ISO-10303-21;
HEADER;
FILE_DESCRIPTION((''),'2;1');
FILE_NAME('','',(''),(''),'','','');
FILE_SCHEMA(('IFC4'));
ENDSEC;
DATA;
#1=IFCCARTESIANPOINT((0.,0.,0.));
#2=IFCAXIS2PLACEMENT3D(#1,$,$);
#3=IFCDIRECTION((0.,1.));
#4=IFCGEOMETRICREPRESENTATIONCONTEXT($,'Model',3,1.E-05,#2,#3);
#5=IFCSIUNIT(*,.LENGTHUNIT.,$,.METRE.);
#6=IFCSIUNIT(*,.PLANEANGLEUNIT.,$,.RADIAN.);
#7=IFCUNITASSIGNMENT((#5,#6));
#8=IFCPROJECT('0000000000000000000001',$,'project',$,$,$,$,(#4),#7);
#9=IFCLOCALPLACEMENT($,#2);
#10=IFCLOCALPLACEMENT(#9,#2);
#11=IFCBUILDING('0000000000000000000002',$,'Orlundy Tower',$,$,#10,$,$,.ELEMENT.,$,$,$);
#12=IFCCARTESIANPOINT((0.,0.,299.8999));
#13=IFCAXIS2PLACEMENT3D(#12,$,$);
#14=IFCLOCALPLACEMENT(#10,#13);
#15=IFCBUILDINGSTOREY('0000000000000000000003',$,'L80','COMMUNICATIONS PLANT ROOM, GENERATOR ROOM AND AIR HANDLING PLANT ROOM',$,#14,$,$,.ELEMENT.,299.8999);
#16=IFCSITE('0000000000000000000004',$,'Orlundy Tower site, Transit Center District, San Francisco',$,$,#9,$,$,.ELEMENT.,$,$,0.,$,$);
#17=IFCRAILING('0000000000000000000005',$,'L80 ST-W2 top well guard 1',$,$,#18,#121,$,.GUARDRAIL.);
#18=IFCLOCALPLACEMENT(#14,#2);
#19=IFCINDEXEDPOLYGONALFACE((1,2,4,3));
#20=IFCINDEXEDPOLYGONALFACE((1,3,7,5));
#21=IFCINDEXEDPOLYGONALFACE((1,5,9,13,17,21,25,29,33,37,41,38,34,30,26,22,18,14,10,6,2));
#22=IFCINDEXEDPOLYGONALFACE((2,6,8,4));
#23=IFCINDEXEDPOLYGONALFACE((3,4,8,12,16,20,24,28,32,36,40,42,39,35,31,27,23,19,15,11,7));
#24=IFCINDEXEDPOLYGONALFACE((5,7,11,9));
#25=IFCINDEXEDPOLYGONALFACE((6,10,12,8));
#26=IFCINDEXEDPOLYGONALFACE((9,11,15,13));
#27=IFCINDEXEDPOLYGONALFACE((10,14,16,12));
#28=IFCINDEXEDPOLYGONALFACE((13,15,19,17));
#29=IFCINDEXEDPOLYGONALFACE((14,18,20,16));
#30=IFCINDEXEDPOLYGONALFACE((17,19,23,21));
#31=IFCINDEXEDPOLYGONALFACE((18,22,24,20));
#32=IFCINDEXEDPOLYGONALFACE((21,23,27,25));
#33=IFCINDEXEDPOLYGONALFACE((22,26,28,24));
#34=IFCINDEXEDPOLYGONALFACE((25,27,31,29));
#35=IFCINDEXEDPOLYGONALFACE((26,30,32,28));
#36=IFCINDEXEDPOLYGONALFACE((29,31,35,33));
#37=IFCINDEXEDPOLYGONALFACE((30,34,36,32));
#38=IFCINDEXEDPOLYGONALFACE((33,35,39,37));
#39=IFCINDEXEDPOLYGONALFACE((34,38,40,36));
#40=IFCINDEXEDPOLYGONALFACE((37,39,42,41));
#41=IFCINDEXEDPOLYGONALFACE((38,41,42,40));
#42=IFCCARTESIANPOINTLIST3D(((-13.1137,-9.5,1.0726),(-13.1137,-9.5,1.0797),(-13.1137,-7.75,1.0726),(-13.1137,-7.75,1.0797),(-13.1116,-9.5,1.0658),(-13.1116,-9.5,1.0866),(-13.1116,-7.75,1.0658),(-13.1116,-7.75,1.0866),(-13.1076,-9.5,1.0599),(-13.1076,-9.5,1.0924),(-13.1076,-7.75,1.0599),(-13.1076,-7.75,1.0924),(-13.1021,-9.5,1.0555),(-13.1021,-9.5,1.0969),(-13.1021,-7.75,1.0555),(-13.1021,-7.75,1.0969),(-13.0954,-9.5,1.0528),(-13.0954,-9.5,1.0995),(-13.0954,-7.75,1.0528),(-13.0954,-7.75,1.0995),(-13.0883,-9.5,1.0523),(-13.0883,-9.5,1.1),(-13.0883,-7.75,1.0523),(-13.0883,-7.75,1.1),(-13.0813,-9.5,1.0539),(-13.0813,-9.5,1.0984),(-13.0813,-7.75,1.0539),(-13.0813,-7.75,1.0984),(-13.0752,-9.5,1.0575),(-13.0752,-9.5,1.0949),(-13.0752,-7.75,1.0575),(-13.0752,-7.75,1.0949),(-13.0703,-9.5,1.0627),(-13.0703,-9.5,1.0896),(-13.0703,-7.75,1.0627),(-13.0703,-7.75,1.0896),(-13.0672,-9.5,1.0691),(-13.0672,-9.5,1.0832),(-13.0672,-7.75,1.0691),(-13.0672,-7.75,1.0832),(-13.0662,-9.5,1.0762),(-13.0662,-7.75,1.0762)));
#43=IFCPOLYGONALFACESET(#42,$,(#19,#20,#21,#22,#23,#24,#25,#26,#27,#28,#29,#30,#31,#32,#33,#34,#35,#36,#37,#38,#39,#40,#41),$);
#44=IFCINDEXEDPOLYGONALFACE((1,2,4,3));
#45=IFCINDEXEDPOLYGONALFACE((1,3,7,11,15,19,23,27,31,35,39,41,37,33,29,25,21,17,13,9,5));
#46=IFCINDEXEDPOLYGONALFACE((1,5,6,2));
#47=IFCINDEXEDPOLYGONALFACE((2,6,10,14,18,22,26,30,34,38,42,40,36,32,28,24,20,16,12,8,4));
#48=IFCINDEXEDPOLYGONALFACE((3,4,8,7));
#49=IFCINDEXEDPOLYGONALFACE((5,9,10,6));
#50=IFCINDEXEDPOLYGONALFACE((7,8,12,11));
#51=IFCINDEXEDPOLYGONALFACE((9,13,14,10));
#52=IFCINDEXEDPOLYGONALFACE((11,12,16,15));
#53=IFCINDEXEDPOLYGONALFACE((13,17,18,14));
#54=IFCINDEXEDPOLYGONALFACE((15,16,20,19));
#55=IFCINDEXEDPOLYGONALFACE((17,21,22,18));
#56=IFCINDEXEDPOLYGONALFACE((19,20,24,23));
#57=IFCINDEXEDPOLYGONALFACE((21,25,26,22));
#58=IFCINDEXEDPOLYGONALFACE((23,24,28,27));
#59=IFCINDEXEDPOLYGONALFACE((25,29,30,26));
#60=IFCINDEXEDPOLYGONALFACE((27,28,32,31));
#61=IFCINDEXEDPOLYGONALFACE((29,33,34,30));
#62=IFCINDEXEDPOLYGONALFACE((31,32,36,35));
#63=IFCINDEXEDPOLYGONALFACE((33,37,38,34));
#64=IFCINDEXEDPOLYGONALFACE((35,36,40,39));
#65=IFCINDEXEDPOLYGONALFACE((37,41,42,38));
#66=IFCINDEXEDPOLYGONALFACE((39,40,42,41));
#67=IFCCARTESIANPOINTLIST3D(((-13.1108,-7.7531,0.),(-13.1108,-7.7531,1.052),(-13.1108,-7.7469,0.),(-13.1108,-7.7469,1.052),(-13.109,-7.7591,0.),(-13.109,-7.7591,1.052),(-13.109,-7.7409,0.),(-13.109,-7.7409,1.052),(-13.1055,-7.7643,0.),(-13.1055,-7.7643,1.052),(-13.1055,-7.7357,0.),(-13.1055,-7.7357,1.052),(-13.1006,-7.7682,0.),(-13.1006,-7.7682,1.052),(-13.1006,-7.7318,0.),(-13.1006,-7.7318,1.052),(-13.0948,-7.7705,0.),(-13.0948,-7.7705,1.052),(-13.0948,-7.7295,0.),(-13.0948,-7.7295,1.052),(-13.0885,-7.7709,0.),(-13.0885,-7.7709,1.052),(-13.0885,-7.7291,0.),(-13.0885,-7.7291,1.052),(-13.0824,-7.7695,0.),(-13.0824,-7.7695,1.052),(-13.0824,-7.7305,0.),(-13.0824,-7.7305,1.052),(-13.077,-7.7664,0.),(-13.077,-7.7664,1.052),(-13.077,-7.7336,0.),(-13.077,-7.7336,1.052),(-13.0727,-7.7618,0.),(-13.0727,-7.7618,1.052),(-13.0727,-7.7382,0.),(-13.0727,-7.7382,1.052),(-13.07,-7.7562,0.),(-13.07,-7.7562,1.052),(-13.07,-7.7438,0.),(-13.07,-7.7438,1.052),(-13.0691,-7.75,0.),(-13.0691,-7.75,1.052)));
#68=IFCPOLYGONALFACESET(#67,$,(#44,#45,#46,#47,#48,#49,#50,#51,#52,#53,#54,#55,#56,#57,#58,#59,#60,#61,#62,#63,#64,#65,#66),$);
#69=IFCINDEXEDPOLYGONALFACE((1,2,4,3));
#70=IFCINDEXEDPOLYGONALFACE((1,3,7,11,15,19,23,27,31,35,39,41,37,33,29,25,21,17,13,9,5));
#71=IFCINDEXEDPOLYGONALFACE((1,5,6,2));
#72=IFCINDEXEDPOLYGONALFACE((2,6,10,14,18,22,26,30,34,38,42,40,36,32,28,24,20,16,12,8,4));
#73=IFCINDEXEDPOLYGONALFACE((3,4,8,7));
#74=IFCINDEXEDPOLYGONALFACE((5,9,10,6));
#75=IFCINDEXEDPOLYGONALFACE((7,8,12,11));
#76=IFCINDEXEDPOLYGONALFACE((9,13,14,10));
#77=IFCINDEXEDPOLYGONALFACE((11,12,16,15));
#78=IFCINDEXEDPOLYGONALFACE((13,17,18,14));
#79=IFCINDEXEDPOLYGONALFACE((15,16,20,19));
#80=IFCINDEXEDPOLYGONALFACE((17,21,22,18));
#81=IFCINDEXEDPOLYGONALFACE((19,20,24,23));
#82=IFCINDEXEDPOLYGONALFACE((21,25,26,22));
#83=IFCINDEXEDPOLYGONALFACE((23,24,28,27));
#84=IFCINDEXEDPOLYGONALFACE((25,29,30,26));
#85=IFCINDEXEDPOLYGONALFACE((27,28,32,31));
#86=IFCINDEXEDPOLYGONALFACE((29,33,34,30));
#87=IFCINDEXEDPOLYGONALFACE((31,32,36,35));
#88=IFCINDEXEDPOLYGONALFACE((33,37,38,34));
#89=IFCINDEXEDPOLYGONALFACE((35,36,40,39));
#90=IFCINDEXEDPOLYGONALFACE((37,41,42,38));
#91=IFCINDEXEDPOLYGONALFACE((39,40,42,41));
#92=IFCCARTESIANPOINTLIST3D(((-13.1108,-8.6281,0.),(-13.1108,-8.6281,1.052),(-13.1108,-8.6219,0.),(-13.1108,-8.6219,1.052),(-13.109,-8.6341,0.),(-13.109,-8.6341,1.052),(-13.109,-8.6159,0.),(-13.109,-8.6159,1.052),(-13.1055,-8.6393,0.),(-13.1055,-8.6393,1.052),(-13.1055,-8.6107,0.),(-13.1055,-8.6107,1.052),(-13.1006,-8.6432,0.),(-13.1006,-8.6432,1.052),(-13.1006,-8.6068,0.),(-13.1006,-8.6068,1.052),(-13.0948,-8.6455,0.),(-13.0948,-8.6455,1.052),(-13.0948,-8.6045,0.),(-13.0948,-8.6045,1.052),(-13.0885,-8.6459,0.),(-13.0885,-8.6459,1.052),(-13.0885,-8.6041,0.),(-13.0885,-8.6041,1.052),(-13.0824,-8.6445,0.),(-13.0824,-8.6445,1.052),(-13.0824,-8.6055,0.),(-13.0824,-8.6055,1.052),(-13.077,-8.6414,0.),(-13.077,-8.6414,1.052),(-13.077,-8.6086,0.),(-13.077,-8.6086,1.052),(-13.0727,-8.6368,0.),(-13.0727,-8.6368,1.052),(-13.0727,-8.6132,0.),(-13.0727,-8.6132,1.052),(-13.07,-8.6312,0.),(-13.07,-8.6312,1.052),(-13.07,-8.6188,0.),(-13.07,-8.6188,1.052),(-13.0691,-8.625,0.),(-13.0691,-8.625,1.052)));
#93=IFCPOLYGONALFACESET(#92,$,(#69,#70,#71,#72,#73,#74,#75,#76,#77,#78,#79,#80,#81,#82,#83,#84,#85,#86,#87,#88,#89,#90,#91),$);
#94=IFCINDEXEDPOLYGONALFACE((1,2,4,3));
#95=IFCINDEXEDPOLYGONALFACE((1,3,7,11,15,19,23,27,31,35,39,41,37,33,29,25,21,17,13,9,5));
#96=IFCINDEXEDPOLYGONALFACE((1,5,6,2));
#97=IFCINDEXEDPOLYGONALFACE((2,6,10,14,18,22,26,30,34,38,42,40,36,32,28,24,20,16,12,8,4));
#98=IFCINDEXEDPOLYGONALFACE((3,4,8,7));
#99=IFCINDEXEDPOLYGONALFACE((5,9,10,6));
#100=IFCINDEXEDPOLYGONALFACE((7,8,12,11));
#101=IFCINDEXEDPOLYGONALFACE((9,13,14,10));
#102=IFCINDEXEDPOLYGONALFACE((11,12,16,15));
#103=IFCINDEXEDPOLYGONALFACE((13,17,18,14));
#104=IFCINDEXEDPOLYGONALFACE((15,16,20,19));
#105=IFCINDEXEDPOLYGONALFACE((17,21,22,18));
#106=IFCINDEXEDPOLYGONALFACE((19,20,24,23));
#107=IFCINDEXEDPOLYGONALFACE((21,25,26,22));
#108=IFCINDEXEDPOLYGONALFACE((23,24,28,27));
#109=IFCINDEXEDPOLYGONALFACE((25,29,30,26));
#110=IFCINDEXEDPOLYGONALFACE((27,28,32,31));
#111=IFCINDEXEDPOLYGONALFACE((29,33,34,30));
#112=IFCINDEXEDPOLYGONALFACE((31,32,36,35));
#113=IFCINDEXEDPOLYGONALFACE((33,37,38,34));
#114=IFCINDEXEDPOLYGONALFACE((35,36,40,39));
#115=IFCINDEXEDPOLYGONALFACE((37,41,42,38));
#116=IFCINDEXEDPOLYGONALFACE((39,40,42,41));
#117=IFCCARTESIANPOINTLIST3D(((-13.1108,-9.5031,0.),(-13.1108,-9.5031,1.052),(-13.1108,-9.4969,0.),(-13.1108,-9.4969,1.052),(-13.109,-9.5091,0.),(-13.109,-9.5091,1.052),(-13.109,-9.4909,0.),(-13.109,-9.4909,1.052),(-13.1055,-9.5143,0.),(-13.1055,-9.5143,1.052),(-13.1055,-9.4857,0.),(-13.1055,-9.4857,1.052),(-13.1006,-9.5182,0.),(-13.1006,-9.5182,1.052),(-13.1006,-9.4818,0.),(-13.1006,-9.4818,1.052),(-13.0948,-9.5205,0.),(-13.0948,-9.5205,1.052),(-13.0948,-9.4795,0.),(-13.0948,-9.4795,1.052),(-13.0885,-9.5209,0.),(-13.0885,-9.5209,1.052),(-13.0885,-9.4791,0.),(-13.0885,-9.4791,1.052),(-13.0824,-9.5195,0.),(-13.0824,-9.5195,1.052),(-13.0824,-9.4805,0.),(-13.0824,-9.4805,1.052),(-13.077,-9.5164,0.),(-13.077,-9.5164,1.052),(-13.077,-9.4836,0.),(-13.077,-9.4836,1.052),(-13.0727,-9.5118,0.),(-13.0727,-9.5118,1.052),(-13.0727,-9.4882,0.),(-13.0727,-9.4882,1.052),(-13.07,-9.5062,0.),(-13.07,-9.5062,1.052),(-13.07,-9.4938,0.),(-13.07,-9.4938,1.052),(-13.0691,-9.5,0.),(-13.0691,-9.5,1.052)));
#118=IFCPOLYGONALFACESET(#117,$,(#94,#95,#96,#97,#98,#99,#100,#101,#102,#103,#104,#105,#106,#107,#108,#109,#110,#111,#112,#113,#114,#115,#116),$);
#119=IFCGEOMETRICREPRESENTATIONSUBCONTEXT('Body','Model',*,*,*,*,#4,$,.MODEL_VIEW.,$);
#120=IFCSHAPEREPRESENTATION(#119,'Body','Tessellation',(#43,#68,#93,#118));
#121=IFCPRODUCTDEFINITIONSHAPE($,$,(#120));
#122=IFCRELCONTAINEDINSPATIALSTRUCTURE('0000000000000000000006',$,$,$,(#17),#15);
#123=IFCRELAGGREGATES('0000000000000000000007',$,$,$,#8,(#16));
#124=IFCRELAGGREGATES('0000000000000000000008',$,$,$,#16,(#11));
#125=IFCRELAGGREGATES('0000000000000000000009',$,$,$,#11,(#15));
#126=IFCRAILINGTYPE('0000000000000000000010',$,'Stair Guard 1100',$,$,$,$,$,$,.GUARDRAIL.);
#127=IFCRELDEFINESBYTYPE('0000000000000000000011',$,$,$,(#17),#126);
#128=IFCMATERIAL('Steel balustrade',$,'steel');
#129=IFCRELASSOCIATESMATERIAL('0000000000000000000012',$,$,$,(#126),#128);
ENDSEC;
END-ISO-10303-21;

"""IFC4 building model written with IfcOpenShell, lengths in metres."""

from ifc_helpers import new_model, si_unit, direction, frame, origin, origin_2d, place, context, subcontext, project, spatial, circle, extrude, material, type_object, element, save


model = new_model("IFC4")

# Units and contexts
model_context = context("Model", 3, precision=1e-05, world=origin(), true_north=direction((0.0, 1.0)))
body_context = subcontext(model_context, "Body", "Model", "MODEL_VIEW")
ifc_project = project(units=[si_unit("LENGTHUNIT", "METRE"), si_unit("PLANEANGLEUNIT", "RADIAN")], contexts=[model_context])

# Site, building, storey
site_placement = place(None, origin())
site = spatial("IfcSite", under=ifc_project, at=site_placement, Name="Orlundy Tower site, Transit Center District, San Francisco", CompositionType="ELEMENT", RefElevation=0.0)
building_placement = place(site_placement, origin())
building = spatial("IfcBuilding", under=site, at=building_placement, Name="Orlundy Tower", CompositionType="ELEMENT")
storey_placement = place(building_placement, frame((0.0, 0.0, 299.8999)))
storey = spatial("IfcBuildingStorey", under=building, at=storey_placement, Name="L80", Description="COMMUNICATIONS PLANT ROOM, GENERATOR ROOM AND AIR HANDLING PLANT ROOM", CompositionType="ELEMENT", Elevation=299.8999)

# Railing
ifc_material_1 = material(Name="Steel balustrade", Category="steel")
railing_type = type_object("IfcRailingType", Name="Stair Guard 1100", PredefinedType="GUARDRAIL", material=ifc_material_1)
railing_placement = place(storey_placement, frame((-13.0901, -7.75, 0.0)))
element("IfcRailing", 1, at=railing_placement, inside=storey, type_object=railing_type, Name="L80 ST-W2 top well guard 1", PredefinedType="GUARDRAIL", context=body_context, shape_type="SweptSolid", body=[
    extrude(circle(Radius=0.0239, at=origin_2d()), frame((0.0, 0.0, 1.0762), z_axis=(0.0, -1.0, 0.0), x_axis=(1.0, 0.0, 0.0)), (0.0, 0.0, 1.0), 1.75),
    extrude(circle(Radius=0.021, at=origin_2d()), origin(), (0.0, 0.0, 1.0), 1.052),
    extrude(circle(Radius=0.021, at=origin_2d()), frame((0.0, -0.875, 0.0)), (0.0, 0.0, 1.0), 1.052),
    extrude(circle(Radius=0.021, at=origin_2d()), frame((0.0, -1.75, 0.0)), (0.0, 0.0, 1.0), 1.052),
])

save(model, "model.ifc")
